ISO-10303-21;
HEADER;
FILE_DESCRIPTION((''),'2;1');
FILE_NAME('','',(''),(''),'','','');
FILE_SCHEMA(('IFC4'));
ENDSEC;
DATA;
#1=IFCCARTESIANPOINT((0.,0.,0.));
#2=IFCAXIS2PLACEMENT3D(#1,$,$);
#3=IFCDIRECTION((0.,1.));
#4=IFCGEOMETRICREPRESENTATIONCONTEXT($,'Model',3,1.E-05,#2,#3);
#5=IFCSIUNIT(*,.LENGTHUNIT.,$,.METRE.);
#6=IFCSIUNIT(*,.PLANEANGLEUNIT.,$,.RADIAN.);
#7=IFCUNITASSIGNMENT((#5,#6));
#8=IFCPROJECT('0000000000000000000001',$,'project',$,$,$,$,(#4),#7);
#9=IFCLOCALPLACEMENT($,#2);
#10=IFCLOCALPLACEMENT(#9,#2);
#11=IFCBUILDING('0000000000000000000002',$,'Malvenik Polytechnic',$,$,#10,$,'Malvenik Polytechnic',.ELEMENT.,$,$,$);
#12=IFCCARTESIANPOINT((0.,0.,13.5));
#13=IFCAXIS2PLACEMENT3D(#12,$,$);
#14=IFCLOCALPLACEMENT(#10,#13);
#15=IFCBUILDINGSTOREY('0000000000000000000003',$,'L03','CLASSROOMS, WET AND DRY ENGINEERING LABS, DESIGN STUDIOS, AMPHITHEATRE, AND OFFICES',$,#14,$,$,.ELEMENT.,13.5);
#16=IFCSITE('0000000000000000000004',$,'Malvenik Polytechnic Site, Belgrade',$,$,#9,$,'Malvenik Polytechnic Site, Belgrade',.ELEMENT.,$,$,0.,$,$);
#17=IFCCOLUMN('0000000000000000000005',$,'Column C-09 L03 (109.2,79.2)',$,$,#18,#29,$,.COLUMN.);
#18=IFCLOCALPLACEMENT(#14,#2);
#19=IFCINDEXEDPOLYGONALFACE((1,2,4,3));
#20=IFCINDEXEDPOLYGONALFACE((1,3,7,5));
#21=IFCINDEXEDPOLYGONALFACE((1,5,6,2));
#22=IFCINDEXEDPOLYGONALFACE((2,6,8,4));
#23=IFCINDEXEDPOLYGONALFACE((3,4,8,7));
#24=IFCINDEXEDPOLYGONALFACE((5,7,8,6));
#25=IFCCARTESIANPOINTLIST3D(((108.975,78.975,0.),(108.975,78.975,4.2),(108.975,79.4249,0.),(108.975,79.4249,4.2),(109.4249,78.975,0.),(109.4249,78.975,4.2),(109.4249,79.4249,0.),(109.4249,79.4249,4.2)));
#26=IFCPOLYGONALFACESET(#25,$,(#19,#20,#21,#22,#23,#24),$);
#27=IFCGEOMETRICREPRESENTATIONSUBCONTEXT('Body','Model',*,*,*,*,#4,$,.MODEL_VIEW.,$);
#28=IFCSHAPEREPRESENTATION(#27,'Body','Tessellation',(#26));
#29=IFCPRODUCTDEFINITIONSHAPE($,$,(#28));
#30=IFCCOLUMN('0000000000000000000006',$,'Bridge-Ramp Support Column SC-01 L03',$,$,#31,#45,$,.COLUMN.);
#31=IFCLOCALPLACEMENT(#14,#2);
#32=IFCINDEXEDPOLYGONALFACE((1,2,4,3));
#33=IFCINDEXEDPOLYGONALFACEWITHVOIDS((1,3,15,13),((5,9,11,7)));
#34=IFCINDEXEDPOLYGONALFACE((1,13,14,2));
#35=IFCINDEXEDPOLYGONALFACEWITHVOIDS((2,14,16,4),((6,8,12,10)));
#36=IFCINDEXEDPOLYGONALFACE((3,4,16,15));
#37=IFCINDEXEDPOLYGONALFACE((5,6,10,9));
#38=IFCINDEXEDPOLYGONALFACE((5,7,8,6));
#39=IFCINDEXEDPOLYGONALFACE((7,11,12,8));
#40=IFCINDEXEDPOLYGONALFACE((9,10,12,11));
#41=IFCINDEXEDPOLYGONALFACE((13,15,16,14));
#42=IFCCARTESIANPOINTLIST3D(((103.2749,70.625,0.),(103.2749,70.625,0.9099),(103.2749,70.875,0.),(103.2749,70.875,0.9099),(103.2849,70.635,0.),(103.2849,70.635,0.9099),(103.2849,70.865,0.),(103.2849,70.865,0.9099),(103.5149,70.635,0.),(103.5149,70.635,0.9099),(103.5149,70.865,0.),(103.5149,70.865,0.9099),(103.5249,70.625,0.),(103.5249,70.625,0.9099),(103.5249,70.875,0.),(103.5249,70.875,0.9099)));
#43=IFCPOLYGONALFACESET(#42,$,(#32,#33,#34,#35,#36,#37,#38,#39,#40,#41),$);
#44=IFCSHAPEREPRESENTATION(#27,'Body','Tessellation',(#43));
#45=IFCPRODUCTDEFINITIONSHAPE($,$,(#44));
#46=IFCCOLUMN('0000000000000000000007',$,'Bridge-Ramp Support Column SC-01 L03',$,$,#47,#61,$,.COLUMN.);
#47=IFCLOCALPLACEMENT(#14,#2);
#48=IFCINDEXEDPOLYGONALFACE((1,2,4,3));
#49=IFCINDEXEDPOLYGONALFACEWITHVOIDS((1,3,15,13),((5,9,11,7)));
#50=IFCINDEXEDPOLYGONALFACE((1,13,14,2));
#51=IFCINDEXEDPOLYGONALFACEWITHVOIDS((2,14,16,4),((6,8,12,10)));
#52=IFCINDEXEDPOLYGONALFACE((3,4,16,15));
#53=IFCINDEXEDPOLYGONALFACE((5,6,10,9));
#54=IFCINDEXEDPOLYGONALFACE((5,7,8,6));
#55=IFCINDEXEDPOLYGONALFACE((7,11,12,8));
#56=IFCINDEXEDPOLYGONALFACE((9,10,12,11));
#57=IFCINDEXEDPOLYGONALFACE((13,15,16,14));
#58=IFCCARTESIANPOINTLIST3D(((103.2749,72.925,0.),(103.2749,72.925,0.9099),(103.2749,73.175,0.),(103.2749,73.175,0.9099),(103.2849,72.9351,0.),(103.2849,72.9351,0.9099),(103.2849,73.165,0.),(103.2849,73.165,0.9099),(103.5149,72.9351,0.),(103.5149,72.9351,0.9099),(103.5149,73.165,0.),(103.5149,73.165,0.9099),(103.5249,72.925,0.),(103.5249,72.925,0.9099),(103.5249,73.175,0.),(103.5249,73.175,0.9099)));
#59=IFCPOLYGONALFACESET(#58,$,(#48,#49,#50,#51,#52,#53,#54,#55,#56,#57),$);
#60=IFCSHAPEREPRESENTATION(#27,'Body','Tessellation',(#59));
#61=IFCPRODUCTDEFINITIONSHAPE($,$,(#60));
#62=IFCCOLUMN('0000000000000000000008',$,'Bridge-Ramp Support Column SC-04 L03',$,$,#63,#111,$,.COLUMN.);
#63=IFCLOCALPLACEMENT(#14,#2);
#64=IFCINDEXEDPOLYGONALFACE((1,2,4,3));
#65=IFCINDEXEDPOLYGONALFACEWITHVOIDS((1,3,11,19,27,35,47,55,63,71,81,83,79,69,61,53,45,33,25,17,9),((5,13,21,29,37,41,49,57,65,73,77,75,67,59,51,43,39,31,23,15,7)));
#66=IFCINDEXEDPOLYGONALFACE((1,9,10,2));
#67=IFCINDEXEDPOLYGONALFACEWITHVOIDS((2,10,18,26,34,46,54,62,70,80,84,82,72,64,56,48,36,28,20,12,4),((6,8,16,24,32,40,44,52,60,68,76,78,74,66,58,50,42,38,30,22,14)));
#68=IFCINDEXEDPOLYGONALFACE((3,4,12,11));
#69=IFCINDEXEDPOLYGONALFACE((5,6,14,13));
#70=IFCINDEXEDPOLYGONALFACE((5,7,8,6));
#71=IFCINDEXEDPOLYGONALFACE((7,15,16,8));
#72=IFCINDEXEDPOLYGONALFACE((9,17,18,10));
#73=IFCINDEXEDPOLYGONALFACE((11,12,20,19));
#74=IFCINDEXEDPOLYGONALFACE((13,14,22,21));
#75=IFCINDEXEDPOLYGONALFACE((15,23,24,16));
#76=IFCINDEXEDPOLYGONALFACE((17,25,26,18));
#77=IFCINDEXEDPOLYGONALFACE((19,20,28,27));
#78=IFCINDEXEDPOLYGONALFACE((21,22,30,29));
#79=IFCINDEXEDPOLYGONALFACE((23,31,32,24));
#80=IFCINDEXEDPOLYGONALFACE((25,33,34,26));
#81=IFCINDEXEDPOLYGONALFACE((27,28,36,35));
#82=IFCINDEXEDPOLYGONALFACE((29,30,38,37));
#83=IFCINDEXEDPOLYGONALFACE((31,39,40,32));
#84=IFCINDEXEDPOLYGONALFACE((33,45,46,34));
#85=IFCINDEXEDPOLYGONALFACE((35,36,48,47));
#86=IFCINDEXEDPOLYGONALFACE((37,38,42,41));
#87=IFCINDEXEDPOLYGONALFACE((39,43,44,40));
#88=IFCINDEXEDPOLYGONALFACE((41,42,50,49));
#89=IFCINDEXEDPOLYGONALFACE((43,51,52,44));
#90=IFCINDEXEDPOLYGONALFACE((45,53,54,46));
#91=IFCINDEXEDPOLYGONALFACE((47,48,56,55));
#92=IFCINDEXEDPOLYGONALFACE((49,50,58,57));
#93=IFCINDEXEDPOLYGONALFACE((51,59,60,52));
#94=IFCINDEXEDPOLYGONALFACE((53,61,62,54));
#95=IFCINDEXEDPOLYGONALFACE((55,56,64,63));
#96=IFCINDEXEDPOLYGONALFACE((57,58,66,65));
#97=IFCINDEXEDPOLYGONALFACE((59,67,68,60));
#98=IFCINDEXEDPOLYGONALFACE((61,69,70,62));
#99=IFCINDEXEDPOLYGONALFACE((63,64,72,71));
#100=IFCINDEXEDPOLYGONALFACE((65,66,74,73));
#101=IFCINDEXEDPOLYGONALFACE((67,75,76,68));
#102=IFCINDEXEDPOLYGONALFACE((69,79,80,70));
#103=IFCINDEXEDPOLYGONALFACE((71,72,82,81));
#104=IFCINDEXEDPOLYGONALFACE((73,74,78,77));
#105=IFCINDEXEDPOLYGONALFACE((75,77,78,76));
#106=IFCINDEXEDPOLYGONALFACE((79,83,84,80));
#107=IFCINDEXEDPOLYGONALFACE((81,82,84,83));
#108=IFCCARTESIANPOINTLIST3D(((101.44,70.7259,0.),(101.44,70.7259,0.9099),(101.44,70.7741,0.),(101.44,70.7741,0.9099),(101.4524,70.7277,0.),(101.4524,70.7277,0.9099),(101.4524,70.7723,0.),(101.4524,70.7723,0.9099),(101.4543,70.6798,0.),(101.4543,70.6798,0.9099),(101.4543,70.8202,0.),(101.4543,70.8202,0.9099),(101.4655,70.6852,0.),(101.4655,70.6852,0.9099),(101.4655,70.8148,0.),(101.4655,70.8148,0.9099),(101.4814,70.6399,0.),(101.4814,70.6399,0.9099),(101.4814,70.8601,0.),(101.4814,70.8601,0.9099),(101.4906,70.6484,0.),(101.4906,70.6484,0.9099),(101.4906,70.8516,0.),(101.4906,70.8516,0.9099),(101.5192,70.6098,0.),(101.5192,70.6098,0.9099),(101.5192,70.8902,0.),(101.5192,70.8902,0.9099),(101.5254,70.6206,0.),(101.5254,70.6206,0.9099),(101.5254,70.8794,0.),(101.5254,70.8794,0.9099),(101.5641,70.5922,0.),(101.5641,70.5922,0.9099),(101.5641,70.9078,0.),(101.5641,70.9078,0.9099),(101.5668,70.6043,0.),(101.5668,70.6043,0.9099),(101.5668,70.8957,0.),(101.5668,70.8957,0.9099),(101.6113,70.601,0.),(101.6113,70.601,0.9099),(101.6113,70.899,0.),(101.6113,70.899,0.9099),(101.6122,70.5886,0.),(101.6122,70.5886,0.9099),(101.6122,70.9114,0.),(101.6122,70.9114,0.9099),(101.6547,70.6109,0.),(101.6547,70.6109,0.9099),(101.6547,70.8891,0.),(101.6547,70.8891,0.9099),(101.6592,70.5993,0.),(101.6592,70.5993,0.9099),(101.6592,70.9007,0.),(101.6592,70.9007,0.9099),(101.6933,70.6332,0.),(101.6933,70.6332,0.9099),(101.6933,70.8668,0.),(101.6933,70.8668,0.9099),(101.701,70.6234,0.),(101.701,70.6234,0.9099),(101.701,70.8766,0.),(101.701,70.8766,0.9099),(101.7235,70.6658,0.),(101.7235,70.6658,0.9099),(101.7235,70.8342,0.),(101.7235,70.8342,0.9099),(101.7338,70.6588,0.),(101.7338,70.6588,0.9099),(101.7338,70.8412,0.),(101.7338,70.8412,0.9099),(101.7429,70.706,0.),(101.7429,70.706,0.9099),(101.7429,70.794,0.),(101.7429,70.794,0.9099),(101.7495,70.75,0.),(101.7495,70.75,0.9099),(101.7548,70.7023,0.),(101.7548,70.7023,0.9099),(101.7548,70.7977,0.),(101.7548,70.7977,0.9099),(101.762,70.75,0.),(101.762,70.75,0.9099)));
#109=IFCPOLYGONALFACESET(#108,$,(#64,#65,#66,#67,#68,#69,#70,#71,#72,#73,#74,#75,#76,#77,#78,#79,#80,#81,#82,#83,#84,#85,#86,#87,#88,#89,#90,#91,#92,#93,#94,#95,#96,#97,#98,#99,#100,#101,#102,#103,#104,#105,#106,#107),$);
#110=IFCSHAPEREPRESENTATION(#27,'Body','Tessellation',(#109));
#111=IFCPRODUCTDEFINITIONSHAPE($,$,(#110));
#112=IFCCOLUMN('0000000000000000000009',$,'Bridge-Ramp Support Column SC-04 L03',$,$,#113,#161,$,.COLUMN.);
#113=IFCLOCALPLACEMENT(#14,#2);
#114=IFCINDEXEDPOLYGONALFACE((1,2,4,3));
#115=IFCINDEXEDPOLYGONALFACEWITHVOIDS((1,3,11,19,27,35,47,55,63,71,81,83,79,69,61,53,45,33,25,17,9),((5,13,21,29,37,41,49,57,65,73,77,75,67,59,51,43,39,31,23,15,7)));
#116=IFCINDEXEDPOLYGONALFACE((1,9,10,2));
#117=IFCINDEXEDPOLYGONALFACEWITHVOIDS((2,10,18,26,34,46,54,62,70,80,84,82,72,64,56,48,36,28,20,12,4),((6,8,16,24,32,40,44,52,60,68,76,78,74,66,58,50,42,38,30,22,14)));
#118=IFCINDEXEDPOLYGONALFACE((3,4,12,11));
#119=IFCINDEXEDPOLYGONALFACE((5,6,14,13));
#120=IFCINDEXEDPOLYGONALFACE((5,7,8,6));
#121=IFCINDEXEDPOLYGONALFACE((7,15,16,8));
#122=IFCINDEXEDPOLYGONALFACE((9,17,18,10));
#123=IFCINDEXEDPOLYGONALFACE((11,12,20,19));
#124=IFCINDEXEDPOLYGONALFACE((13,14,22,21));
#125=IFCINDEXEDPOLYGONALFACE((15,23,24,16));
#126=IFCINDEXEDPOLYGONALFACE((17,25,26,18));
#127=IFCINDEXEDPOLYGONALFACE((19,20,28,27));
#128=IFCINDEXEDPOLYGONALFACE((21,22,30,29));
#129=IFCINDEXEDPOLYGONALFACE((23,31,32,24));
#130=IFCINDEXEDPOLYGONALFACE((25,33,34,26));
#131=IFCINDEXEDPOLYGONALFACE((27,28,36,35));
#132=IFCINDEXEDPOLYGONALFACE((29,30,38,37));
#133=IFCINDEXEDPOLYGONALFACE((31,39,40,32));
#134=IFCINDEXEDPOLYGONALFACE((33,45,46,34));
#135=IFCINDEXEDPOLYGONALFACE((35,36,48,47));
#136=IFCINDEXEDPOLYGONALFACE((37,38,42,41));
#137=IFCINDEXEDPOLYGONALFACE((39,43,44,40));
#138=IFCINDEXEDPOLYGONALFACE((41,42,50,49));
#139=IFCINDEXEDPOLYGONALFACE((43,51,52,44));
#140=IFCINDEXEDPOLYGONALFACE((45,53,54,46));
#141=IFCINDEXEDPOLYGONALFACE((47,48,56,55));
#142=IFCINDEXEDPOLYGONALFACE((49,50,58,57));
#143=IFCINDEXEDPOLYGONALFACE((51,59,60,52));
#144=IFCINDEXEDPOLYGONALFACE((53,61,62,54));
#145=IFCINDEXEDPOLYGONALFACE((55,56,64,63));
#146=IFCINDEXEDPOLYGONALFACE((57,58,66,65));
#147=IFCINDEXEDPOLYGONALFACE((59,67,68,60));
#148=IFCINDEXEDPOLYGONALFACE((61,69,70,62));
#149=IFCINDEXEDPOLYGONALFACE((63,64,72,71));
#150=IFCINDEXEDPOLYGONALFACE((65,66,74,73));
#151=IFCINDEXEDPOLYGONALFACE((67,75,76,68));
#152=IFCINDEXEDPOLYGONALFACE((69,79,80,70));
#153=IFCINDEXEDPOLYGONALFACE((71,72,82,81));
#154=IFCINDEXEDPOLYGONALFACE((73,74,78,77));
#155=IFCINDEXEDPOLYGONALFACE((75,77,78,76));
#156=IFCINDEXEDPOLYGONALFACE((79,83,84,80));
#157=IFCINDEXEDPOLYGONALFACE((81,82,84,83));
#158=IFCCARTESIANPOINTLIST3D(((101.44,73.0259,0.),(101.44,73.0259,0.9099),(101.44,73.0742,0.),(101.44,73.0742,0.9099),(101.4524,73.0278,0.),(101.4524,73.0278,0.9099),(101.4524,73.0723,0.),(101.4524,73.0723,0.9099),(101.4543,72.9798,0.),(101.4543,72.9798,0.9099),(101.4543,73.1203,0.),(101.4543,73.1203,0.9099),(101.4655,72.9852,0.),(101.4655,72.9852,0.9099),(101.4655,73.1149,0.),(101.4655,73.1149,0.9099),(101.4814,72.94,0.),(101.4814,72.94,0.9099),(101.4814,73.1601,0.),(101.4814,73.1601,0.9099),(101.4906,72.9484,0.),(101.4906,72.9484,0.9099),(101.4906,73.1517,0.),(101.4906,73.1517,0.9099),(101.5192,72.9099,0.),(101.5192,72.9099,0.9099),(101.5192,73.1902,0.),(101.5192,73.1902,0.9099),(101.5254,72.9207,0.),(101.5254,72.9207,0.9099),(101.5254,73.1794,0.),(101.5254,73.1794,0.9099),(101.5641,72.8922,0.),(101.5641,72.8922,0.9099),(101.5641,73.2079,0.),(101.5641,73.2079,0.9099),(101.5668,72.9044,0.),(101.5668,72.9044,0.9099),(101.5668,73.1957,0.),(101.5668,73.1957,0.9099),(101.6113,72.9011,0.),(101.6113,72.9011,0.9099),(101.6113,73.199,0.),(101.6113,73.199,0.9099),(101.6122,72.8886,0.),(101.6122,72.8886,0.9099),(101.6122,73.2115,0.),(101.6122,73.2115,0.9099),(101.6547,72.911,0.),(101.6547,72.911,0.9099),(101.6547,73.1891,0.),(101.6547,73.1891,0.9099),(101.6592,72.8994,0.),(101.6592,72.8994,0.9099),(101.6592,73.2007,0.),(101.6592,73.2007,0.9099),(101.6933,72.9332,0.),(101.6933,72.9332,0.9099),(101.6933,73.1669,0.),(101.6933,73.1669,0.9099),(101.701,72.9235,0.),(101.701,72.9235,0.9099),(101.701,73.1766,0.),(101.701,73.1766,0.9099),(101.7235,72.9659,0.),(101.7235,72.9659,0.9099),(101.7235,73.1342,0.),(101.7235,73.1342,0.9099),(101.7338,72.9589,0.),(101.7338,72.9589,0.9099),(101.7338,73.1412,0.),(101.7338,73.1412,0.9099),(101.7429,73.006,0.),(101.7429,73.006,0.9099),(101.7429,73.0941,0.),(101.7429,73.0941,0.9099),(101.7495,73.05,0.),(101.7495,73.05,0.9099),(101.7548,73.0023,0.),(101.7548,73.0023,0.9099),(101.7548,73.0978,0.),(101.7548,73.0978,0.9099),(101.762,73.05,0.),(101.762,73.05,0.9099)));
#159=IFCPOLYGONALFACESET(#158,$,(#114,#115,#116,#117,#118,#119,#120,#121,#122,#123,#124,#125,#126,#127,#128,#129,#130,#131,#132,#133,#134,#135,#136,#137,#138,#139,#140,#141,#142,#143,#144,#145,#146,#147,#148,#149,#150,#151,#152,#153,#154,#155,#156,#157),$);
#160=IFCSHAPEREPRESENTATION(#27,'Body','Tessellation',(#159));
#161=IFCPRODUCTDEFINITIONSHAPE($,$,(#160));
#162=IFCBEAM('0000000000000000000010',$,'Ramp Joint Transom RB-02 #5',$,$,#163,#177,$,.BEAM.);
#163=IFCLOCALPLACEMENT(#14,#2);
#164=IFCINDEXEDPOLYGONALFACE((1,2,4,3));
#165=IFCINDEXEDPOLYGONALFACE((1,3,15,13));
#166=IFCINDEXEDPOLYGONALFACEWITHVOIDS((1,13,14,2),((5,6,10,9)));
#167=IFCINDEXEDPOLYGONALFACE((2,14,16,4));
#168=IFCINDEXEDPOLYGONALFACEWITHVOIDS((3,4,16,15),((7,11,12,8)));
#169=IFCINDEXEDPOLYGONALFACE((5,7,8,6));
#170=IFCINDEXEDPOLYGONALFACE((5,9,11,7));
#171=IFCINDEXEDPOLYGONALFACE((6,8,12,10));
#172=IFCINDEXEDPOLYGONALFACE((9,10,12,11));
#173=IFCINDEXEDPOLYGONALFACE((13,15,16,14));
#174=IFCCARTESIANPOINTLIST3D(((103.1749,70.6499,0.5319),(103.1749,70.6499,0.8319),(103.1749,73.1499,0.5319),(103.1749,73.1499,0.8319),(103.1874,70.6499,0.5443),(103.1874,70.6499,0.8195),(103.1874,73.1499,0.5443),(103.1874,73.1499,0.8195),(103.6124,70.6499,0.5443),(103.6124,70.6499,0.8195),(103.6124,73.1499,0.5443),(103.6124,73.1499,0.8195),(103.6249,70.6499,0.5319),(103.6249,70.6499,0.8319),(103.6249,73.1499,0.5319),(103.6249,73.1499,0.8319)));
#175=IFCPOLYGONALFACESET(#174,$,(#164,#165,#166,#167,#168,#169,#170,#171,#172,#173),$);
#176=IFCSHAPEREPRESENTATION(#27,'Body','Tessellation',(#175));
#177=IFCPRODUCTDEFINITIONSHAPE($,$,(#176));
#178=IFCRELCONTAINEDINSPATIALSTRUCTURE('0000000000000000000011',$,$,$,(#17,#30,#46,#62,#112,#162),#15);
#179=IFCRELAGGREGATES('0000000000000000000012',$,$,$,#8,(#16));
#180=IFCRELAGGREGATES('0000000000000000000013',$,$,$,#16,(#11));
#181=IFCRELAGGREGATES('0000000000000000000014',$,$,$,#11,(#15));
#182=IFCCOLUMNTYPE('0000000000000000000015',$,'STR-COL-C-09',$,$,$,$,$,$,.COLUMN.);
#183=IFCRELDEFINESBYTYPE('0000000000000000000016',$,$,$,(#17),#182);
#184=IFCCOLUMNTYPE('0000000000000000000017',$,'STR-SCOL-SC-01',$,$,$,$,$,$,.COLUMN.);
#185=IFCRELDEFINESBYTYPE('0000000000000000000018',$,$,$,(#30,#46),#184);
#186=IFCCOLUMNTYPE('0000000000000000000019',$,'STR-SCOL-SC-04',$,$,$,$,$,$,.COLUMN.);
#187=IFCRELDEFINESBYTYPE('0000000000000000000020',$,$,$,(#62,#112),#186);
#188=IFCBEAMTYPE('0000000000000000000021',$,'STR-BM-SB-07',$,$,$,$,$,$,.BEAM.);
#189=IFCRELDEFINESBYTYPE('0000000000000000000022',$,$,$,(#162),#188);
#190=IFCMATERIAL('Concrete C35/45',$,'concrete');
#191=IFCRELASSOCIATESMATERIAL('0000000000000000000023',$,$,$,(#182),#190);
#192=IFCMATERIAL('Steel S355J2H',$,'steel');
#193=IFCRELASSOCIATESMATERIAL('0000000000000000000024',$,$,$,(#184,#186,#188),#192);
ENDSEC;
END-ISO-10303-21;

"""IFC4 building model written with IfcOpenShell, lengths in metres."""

from ifc_helpers import new_model, si_unit, direction, frame, origin, origin_2d, place, context, subcontext, project, spatial, rectangle, hollow_rectangle, hollow_circle, extrude, material, material_profile, profile_set, type_object, element, save


model = new_model("IFC4")

# Units and contexts
model_context = context("Model", 3, precision=1e-05, world=origin(), true_north=direction((0.0, 1.0)))
body_context = subcontext(model_context, "Body", "Model", "MODEL_VIEW")
ifc_project = project(units=[si_unit("LENGTHUNIT", "METRE"), si_unit("PLANEANGLEUNIT", "RADIAN")], contexts=[model_context])

# Site, building, storey
site_placement = place(None, origin())
site = spatial("IfcSite", under=ifc_project, at=site_placement, Name="Malvenik Polytechnic Site, Belgrade", LongName="Malvenik Polytechnic Site, Belgrade", CompositionType="ELEMENT", RefElevation=0.0)
building_placement = place(site_placement, origin())
building = spatial("IfcBuilding", under=site, at=building_placement, Name="Malvenik Polytechnic", LongName="Malvenik Polytechnic", CompositionType="ELEMENT")
storey_placement = place(building_placement, frame((0.0, 0.0, 13.5)))
storey = spatial("IfcBuildingStorey", under=building, at=storey_placement, Name="L03", Description="CLASSROOMS, WET AND DRY ENGINEERING LABS, DESIGN STUDIOS, AMPHITHEATRE, AND OFFICES", CompositionType="ELEMENT", Elevation=13.5)

# Columns
ifc_material_1 = material(Name="Concrete C35/45", Category="concrete")
ifc_material_profile_1 = material_profile(ifc_material_1, rectangle(XDim=0.45, YDim=0.45, at=origin_2d()), Name="RC COL 450x450")
ifc_profile_set_1 = profile_set([ifc_material_profile_1], Name="Concrete C35/45")
column_type_1 = type_object("IfcColumnType", Name="STR-COL-C-09", PredefinedType="COLUMN", material=ifc_profile_set_1)
column_placement = place(storey_placement, frame((109.2, 79.2, 0.0), z_axis=(0.0, 0.0, 1.0), x_axis=(1.0, 0.0, 0.0)))
element("IfcColumn", 1, at=column_placement, inside=storey, type_object=column_type_1, Name="Column C-09 L03 (109.2,79.2)", PredefinedType="COLUMN", context=body_context, shape_type="SweptSolid", body=[
    extrude(rectangle(XDim=0.45, YDim=0.45, at=origin_2d()), origin(), (0.0, 0.0, 1.0), 4.2),
])
ifc_material_2 = material(Name="Steel S355J2H", Category="steel")
ifc_material_profile_2 = material_profile(ifc_material_2, hollow_rectangle(XDim=0.25, YDim=0.25, WallThickness=0.01, at=origin_2d()), Name="SHS 250x250x10.0")
ifc_profile_set_2 = profile_set([ifc_material_profile_2], Name="Steel S355J2H")
column_type_2 = type_object("IfcColumnType", Name="STR-SCOL-SC-01", PredefinedType="COLUMN", material=ifc_profile_set_2)
for number, where, z_axis, x_axis, name in (
    (2, (103.3999, 70.75, 0.0), (0.0, 0.0, 1.0), (1.0, 0.0, 0.0), "Bridge-Ramp Support Column SC-01 L03"),
    (3, (103.3999, 73.05, 0.0), (0.0, 0.0, 1.0), (1.0, 0.0, 0.0), "Bridge-Ramp Support Column SC-01 L03"),
):
    element("IfcColumn", number, at=place(storey_placement, frame(where, z_axis=z_axis, x_axis=x_axis)), inside=storey, type_object=column_type_2, Name=name, PredefinedType="COLUMN", context=body_context, shape_type="SweptSolid", body=[
        extrude(hollow_rectangle(XDim=0.25, YDim=0.25, WallThickness=0.01, at=origin_2d()), origin(), (0.0, 0.0, 1.0), 0.9099),
    ])
ifc_material_profile_3 = material_profile(ifc_material_2, hollow_circle(Radius=0.1619, WallThickness=0.0125, at=origin_2d()), Name="CHS 323.9x12.5")
ifc_profile_set_3 = profile_set([ifc_material_profile_3], Name="Steel S355J2H")
column_type_3 = type_object("IfcColumnType", Name="STR-SCOL-SC-04", PredefinedType="COLUMN", material=ifc_profile_set_3)
for number, where, z_axis, x_axis, name in (
    (4, (101.6001, 70.75, 0.0), (0.0, 0.0, 1.0), (1.0, 0.0, 0.0), "Bridge-Ramp Support Column SC-04 L03"),
    (5, (101.6001, 73.05, 0.0), (0.0, 0.0, 1.0), (1.0, 0.0, 0.0), "Bridge-Ramp Support Column SC-04 L03"),
):
    element("IfcColumn", number, at=place(storey_placement, frame(where, z_axis=z_axis, x_axis=x_axis)), inside=storey, type_object=column_type_3, Name=name, PredefinedType="COLUMN", context=body_context, shape_type="SweptSolid", body=[
        extrude(hollow_circle(Radius=0.1619, WallThickness=0.0125, at=origin_2d()), origin(), (0.0, 0.0, 1.0), 0.9099),
    ])

# Beam
ifc_material_profile_4 = material_profile(ifc_material_2, hollow_rectangle(XDim=0.45, YDim=0.3, WallThickness=0.0125, at=origin_2d()), Name="RHS 450x300x12.5")
ifc_profile_set_4 = profile_set([ifc_material_profile_4], Name="Steel S355J2H")
beam_type_1 = type_object("IfcBeamType", Name="STR-BM-SB-07", PredefinedType="BEAM", material=ifc_profile_set_4)
beam_1_placement = place(storey_placement, frame((103.3999, 70.6499, 0.6819), z_axis=(0.0, 1.0, 0.0), x_axis=(-1.0, 0.0, 0.0)))
element("IfcBeam", 6, at=beam_1_placement, inside=storey, type_object=beam_type_1, Name="Ramp Joint Transom RB-02 #5", PredefinedType="BEAM", context=body_context, shape_type="SweptSolid", body=[
    extrude(hollow_rectangle(XDim=0.45, YDim=0.3, WallThickness=0.0125, at=origin_2d()), origin(), (0.0, 0.0, 1.0), 2.5),
])

save(model, "model.ifc")
